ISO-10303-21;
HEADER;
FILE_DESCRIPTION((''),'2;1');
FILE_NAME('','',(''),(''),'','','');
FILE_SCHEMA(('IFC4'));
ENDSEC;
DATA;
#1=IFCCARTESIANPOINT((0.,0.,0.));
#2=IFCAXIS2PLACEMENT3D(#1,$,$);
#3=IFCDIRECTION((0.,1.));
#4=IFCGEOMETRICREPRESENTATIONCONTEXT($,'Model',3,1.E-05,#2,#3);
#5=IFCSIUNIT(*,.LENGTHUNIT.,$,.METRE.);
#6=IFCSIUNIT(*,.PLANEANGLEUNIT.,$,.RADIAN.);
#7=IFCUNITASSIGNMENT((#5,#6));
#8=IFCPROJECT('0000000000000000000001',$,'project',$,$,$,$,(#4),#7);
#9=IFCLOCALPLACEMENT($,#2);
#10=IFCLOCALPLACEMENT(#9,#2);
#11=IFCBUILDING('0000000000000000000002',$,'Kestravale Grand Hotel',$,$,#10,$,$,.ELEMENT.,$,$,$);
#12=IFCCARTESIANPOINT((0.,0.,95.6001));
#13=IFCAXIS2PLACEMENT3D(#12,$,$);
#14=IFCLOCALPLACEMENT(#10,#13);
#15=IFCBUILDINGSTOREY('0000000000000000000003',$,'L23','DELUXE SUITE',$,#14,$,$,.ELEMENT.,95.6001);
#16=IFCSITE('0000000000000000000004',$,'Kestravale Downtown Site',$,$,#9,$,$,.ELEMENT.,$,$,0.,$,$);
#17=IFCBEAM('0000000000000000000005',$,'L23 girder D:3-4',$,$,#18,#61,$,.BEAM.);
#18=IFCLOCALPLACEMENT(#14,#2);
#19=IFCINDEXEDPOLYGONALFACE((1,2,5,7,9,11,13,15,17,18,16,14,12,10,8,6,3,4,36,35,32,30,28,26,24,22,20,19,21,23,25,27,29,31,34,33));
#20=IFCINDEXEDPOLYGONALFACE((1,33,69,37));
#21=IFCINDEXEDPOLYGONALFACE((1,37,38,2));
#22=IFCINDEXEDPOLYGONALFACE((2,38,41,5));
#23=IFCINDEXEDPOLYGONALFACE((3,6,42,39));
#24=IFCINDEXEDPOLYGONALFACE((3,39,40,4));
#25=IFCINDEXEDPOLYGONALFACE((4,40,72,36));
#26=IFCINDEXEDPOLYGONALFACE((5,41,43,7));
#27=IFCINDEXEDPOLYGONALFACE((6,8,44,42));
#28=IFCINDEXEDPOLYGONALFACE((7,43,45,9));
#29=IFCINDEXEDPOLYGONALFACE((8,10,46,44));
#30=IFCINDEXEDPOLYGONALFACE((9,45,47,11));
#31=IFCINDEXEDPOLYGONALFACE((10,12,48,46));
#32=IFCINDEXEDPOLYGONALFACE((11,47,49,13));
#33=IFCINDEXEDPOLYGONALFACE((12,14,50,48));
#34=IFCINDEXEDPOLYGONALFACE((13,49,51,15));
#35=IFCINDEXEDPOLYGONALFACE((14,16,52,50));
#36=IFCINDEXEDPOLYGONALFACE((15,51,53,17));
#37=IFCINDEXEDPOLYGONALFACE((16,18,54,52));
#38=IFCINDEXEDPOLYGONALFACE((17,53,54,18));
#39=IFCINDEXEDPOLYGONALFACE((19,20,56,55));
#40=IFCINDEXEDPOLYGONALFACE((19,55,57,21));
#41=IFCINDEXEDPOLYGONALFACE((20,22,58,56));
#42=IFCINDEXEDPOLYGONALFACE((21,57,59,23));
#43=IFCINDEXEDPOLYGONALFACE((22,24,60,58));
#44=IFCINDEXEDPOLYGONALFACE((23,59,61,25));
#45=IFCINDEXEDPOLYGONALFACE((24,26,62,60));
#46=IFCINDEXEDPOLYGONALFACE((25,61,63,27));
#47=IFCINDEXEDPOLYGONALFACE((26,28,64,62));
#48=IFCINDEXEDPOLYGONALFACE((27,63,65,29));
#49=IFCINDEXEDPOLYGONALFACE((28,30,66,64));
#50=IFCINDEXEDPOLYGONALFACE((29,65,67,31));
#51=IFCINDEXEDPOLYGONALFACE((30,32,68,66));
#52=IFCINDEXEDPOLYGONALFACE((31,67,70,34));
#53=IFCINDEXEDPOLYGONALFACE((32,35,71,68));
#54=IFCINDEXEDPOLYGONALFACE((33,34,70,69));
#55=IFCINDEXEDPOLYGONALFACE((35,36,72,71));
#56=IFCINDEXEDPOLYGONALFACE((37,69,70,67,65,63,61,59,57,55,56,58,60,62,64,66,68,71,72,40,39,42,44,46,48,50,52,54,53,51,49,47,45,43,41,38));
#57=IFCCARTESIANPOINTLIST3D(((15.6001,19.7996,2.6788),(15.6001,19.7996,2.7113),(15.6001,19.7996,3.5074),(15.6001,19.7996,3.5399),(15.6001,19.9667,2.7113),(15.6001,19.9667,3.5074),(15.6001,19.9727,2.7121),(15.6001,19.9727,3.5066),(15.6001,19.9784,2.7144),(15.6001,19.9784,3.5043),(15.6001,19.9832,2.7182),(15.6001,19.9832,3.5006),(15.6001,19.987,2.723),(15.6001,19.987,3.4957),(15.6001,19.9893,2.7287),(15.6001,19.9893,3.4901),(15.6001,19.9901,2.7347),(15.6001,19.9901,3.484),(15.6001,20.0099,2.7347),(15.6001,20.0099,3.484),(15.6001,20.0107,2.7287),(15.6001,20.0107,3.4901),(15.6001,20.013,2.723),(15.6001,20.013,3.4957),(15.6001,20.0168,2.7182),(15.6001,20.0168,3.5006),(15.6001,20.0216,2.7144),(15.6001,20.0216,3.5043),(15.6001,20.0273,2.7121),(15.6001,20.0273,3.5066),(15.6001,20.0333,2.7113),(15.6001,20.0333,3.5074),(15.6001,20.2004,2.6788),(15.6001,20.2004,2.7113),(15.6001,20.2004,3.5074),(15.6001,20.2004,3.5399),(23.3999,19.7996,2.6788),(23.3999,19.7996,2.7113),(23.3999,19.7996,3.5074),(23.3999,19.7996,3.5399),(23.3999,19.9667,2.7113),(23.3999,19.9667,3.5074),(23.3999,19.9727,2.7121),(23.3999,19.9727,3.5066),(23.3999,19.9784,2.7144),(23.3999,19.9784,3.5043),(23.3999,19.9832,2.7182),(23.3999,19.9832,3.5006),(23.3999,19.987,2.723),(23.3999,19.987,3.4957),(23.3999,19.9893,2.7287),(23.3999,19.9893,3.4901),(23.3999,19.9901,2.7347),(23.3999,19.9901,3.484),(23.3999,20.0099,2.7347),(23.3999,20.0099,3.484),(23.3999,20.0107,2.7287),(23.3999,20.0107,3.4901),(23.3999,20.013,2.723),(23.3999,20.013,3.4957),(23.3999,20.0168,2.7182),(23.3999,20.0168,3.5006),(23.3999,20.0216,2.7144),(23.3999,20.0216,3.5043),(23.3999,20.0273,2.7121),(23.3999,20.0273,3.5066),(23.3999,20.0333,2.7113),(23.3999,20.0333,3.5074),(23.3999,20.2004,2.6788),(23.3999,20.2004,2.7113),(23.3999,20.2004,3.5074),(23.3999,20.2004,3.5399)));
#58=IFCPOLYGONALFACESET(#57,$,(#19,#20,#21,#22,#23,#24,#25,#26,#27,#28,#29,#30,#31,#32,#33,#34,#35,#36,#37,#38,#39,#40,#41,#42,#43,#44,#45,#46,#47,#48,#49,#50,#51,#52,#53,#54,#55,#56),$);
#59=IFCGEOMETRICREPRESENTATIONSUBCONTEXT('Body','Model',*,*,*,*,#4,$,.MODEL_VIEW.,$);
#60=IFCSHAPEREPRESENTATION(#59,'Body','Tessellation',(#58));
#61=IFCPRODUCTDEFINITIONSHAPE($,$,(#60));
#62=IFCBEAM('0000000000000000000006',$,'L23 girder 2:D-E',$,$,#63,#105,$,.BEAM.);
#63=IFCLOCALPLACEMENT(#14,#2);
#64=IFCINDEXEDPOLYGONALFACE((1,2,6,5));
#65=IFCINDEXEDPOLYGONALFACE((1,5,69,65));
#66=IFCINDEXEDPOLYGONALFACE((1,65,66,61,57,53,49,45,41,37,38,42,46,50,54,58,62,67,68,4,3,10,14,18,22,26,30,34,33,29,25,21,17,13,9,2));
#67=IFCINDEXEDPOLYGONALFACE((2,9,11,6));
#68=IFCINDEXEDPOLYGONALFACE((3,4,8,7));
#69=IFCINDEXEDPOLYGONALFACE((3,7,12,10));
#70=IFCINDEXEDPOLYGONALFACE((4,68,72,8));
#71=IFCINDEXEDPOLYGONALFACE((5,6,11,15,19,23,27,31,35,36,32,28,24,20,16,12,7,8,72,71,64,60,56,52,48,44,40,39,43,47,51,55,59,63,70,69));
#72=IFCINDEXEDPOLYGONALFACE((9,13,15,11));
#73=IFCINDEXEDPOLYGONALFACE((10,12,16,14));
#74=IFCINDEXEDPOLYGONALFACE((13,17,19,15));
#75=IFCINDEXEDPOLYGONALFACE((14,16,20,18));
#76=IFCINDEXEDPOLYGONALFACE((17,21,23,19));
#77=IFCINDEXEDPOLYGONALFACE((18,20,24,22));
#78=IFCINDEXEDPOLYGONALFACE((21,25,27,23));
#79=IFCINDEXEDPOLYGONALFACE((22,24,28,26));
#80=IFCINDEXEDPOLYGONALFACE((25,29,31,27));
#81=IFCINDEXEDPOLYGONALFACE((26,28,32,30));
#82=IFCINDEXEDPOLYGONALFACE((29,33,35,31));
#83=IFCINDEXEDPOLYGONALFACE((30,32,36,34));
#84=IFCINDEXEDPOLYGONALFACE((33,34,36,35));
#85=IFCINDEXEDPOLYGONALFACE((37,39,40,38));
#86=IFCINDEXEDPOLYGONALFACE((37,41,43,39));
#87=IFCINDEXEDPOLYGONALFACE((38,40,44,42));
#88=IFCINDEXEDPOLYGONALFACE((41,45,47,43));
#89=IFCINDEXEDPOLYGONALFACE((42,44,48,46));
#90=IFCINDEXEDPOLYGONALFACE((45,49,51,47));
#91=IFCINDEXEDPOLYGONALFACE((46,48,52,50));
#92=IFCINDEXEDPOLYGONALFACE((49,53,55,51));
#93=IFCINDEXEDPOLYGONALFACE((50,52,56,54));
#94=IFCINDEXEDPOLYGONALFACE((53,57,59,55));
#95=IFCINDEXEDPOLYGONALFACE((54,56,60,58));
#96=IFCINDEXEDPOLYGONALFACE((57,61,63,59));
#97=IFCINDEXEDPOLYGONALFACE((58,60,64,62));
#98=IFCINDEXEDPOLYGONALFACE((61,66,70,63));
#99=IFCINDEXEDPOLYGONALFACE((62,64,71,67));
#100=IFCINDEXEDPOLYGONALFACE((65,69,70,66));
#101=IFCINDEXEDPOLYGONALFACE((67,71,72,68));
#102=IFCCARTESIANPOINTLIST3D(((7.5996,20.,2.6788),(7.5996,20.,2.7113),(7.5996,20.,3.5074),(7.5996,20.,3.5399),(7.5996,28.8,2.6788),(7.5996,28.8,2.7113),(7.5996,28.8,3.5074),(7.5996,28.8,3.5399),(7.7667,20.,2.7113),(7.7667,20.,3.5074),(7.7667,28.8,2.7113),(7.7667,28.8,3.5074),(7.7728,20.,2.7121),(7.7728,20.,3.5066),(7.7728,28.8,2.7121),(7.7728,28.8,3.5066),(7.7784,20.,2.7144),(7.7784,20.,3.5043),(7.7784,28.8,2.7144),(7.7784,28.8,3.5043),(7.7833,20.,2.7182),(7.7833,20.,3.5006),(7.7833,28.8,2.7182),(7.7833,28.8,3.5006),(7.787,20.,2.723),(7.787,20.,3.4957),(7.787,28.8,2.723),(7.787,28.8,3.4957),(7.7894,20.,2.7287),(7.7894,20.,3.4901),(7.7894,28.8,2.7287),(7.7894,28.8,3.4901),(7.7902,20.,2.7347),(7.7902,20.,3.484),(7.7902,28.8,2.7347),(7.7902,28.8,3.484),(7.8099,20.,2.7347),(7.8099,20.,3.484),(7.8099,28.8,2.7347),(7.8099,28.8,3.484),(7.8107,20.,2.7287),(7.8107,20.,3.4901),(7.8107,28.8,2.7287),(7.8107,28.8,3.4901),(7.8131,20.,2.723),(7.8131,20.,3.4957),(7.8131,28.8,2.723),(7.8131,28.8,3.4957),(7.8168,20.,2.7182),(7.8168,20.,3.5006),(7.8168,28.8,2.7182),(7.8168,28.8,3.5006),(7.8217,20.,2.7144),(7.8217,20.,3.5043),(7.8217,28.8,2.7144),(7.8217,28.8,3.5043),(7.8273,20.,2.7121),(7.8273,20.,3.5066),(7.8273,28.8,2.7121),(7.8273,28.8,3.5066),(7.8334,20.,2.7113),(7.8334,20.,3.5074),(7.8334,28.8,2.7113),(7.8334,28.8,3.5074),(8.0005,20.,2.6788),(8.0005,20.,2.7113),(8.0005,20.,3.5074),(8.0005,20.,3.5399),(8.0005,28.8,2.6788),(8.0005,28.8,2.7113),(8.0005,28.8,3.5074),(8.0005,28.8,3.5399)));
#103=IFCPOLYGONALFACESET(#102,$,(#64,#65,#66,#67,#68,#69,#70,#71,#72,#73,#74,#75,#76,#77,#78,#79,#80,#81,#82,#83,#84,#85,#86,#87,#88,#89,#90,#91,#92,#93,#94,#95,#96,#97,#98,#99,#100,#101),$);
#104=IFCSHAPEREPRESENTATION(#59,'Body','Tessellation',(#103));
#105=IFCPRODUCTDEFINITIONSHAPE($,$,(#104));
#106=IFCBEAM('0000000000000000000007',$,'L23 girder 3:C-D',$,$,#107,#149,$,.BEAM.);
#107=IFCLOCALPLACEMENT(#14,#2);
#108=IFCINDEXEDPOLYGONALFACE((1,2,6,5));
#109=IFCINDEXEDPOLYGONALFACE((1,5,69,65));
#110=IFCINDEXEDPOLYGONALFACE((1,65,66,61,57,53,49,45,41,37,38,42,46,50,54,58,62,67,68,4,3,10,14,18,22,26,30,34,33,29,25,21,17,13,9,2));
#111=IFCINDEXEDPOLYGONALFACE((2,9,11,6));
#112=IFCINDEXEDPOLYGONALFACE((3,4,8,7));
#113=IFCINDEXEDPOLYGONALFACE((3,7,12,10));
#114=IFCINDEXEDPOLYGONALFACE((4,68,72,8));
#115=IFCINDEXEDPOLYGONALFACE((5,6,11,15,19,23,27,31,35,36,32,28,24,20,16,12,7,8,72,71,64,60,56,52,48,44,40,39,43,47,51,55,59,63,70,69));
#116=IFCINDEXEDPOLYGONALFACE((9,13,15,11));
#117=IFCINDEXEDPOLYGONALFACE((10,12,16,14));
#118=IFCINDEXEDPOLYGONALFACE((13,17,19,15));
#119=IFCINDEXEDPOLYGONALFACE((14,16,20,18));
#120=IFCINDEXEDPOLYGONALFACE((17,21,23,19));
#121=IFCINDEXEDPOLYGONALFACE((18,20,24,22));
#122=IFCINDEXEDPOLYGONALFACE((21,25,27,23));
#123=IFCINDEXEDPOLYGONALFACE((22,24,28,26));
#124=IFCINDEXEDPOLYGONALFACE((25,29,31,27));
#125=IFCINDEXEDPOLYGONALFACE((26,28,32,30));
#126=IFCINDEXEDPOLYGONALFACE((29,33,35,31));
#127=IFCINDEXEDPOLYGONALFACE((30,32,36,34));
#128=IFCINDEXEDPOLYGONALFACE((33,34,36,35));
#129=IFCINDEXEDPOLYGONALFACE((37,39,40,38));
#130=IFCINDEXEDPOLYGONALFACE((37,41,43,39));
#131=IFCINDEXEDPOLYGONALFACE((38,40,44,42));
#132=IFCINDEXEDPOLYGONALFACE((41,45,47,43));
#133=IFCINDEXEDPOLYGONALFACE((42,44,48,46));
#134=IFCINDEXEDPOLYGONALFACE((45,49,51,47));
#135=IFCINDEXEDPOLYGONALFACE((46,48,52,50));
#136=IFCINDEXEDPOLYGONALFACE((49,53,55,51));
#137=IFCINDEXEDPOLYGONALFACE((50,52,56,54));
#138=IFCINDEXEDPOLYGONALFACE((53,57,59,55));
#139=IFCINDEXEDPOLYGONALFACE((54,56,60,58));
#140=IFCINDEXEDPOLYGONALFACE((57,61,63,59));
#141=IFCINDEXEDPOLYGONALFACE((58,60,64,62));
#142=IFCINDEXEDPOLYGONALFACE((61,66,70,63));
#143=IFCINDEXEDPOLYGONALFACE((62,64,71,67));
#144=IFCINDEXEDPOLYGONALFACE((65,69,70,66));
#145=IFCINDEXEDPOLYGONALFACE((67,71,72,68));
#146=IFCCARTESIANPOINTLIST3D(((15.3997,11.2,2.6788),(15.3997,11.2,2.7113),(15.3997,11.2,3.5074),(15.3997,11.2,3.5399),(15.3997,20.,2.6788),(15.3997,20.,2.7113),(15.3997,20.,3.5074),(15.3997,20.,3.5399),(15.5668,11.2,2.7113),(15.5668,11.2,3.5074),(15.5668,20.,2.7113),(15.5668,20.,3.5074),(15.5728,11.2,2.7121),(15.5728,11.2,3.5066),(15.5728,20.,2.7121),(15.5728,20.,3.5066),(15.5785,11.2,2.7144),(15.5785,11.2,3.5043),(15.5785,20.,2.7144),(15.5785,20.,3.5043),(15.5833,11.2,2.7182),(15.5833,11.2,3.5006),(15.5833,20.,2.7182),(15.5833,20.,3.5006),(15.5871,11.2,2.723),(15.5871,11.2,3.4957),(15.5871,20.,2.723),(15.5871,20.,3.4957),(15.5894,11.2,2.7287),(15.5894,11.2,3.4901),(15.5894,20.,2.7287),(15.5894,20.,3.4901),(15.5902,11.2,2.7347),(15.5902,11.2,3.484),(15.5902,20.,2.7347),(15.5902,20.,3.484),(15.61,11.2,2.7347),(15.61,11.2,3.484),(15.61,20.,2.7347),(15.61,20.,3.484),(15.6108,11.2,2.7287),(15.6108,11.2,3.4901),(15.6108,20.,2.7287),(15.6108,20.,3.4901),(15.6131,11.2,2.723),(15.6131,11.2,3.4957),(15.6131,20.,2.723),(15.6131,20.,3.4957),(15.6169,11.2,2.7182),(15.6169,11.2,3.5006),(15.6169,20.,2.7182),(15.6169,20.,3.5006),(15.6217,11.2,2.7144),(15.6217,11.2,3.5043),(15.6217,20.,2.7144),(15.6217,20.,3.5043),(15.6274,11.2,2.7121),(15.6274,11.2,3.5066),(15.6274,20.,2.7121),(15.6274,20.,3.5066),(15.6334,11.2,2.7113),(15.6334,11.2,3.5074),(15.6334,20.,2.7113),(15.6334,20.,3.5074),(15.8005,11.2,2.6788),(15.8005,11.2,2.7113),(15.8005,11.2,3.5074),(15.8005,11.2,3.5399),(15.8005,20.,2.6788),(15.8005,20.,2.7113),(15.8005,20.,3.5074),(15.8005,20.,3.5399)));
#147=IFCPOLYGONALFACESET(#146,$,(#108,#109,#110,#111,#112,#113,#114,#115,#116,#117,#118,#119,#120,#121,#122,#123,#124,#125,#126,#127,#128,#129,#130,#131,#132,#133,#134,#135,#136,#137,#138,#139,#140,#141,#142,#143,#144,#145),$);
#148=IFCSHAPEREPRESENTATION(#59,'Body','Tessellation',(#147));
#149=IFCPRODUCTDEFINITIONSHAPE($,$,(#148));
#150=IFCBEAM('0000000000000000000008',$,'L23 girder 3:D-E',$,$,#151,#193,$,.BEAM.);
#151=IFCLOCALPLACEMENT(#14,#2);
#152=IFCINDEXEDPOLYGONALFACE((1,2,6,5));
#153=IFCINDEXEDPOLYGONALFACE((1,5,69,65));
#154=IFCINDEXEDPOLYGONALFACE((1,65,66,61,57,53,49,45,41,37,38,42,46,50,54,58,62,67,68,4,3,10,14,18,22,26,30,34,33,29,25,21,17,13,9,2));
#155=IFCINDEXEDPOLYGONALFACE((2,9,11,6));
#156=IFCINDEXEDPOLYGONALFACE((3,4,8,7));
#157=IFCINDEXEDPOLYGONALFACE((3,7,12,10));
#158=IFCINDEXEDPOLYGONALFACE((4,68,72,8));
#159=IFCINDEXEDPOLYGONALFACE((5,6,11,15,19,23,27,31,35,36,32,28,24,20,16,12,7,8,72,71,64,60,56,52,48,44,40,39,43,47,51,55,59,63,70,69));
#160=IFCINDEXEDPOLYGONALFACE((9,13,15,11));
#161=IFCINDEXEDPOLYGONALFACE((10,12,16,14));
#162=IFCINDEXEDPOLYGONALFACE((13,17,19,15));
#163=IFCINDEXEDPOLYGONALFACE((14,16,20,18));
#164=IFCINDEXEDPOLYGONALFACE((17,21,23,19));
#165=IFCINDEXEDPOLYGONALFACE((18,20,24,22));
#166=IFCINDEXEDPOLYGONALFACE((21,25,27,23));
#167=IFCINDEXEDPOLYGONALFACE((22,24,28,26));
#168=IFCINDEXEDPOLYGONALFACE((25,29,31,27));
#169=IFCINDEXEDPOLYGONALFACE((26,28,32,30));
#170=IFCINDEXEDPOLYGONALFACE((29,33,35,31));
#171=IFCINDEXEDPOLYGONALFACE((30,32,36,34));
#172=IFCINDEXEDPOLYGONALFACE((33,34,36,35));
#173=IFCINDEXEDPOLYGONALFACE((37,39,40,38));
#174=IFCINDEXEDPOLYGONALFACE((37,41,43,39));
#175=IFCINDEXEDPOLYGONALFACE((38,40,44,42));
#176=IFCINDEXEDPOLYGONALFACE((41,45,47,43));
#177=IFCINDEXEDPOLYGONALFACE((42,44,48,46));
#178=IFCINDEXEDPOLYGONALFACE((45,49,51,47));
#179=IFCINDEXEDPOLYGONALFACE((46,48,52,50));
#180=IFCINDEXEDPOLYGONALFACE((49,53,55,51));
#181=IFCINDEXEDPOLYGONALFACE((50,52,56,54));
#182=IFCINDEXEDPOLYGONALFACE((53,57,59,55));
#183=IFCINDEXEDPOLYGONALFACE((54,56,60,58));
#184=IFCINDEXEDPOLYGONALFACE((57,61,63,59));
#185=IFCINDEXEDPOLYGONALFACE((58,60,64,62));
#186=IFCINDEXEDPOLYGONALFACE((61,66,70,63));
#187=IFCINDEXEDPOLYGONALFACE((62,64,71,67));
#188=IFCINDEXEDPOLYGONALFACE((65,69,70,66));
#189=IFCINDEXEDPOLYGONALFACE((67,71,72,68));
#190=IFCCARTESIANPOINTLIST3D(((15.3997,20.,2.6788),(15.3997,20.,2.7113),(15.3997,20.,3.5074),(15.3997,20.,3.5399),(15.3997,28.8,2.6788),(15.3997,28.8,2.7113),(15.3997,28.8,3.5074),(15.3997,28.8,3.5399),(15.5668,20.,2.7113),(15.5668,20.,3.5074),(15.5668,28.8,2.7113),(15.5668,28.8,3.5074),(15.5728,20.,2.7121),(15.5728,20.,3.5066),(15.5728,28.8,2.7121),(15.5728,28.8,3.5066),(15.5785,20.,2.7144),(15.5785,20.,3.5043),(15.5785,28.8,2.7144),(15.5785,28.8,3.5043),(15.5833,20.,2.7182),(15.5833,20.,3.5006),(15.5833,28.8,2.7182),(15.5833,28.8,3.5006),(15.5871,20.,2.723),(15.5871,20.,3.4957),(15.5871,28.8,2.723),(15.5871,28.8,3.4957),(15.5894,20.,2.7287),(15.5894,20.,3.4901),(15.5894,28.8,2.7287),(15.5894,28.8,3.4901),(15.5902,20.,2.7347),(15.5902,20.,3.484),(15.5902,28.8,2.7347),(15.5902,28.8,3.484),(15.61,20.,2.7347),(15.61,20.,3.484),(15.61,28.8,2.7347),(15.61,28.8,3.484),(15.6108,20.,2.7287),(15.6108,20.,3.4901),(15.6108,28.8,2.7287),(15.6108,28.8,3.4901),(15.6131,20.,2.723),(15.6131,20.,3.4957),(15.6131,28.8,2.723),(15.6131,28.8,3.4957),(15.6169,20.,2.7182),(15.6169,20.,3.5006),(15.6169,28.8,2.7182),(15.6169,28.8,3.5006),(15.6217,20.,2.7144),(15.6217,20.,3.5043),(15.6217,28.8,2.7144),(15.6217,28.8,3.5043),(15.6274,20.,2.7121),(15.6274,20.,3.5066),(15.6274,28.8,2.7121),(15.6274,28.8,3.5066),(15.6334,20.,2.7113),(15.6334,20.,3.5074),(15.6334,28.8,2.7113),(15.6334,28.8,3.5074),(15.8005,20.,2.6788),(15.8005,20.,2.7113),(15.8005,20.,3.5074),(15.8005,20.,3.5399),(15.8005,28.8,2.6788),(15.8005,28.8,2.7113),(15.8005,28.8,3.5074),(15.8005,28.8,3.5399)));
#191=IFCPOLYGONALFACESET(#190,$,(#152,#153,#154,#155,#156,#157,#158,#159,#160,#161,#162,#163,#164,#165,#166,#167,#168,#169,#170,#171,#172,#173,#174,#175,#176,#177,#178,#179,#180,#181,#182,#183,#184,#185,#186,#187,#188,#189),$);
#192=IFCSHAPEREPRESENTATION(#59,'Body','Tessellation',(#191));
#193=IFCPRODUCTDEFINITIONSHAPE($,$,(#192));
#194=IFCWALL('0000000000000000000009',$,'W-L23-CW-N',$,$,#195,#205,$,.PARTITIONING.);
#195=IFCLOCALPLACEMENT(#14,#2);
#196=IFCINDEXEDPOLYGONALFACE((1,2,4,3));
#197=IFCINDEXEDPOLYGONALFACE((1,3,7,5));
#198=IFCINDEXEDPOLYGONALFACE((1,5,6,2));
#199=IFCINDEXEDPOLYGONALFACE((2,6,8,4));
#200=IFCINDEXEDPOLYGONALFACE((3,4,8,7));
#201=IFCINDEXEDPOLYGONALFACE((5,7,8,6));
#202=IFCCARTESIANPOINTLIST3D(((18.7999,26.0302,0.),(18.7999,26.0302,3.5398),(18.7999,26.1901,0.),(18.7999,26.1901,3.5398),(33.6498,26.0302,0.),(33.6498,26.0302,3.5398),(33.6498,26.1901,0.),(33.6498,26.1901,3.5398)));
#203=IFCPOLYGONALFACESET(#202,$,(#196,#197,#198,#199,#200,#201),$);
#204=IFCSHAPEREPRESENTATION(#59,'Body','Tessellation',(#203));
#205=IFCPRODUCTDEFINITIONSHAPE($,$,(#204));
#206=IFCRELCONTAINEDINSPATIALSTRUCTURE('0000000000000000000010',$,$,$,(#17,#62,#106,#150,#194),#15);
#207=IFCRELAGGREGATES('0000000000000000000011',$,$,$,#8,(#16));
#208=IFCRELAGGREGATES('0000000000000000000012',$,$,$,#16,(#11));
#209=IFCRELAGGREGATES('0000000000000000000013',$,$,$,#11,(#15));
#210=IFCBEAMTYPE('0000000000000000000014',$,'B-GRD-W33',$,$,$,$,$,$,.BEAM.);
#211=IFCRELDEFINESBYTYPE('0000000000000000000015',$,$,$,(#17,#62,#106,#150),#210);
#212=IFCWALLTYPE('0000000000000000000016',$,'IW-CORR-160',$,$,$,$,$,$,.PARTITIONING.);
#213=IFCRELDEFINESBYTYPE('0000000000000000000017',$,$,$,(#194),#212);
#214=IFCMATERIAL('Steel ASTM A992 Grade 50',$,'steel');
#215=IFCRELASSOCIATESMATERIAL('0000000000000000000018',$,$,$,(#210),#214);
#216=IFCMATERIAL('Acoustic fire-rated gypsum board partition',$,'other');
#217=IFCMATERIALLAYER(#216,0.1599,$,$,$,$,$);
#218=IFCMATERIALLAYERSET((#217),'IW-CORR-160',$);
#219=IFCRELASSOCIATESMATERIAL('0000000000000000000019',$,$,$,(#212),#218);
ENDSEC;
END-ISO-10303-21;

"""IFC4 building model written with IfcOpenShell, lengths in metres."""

from ifc_helpers import new_model, si_unit, direction, frame, frame_2d, origin, origin_2d, place, context, subcontext, project, spatial, rectangle, i_section, extrude, material, layer, layer_set, material_profile, profile_set, type_object, element, save


model = new_model("IFC4")

# Units and contexts
model_context = context("Model", 3, precision=1e-05, world=origin(), true_north=direction((0.0, 1.0)))
body_context = subcontext(model_context, "Body", "Model", "MODEL_VIEW")
ifc_project = project(units=[si_unit("LENGTHUNIT", "METRE"), si_unit("PLANEANGLEUNIT", "RADIAN")], contexts=[model_context])

# Site, building, storey
site_placement = place(None, origin())
site = spatial("IfcSite", under=ifc_project, at=site_placement, Name="Kestravale Downtown Site", CompositionType="ELEMENT", RefElevation=0.0)
building_placement = place(site_placement, origin())
building = spatial("IfcBuilding", under=site, at=building_placement, Name="Kestravale Grand Hotel", CompositionType="ELEMENT")
storey_placement = place(building_placement, frame((0.0, 0.0, 95.6001)))
storey = spatial("IfcBuildingStorey", under=building, at=storey_placement, Name="L23", Description="DELUXE SUITE", CompositionType="ELEMENT", Elevation=95.6001)

# Beams
ifc_material_1 = material(Name="Steel ASTM A992 Grade 50", Category="steel")
ifc_material_profile_1 = material_profile(ifc_material_1, i_section(OverallWidth=0.4009, OverallDepth=0.8611, WebThickness=0.0198, FlangeThickness=0.0325, FilletRadius=0.0234, at=origin_2d()))
ifc_profile_set_1 = profile_set([ifc_material_profile_1], Name="Steel ASTM A992 Grade 50")
beam_type_1 = type_object("IfcBeamType", Name="B-GRD-W33", PredefinedType="BEAM", material=ifc_profile_set_1)
beam_1_placement = place(storey_placement, frame((15.6001, 20.0, 3.1094), z_axis=(1.0, 0.0, 0.0), x_axis=(0.0, 1.0, 0.0)))
element("IfcBeam", 1, at=beam_1_placement, inside=storey, type_object=beam_type_1, Name="L23 girder D:3-4", PredefinedType="BEAM", context=body_context, shape_type="SweptSolid", body=[
    extrude(i_section(OverallWidth=0.4009, OverallDepth=0.8611, WebThickness=0.0198, FlangeThickness=0.0325, FilletRadius=0.0234, at=origin_2d()), origin(), (0.0, 0.0, 1.0), 7.7998),
])
for number, where, z_axis, x_axis, name in (
    (2, (7.8, 20.0, 3.1094), (0.0, 1.0, 0.0), (-1.0, 0.0, 0.0), "L23 girder 2:D-E"),
    (3, (15.6001, 11.2, 3.1094), (0.0, 1.0, 0.0), (-1.0, 0.0, 0.0), "L23 girder 3:C-D"),
    (4, (15.6001, 20.0, 3.1094), (0.0, 1.0, 0.0), (-1.0, 0.0, 0.0), "L23 girder 3:D-E"),
):
    element("IfcBeam", number, at=place(storey_placement, frame(where, z_axis=z_axis, x_axis=x_axis)), inside=storey, type_object=beam_type_1, Name=name, PredefinedType="BEAM", context=body_context, shape_type="SweptSolid", body=[
        extrude(i_section(OverallWidth=0.4009, OverallDepth=0.8611, WebThickness=0.0198, FlangeThickness=0.0325, FilletRadius=0.0234, at=origin_2d()), origin(), (0.0, 0.0, 1.0), 8.8),
    ])

# Wall
ifc_material_2 = material(Name="Acoustic fire-rated gypsum board partition", Category="other")
ifc_layer_1 = layer(ifc_material_2, 0.1599)
ifc_layer_set_1 = layer_set([ifc_layer_1], Name="IW-CORR-160")
wall_type_1 = type_object("IfcWallType", Name="IW-CORR-160", PredefinedType="PARTITIONING", material=ifc_layer_set_1)
wall_1_placement = place(storey_placement, frame((18.8, 26.1101, 0.0), z_axis=(0.0, 0.0, 1.0), x_axis=(1.0, 0.0, 0.0)))
element("IfcWall", 5, at=wall_1_placement, inside=storey, type_object=wall_type_1, Name="W-L23-CW-N", PredefinedType="PARTITIONING", context=body_context, shape_type="SweptSolid", body=[
    extrude(rectangle(XDim=14.8499, YDim=0.1599, at=frame_2d((7.4248, 0.0))), origin(), (0.0, 0.0, 1.0), 3.5398),
])

save(model, "model.ifc")
